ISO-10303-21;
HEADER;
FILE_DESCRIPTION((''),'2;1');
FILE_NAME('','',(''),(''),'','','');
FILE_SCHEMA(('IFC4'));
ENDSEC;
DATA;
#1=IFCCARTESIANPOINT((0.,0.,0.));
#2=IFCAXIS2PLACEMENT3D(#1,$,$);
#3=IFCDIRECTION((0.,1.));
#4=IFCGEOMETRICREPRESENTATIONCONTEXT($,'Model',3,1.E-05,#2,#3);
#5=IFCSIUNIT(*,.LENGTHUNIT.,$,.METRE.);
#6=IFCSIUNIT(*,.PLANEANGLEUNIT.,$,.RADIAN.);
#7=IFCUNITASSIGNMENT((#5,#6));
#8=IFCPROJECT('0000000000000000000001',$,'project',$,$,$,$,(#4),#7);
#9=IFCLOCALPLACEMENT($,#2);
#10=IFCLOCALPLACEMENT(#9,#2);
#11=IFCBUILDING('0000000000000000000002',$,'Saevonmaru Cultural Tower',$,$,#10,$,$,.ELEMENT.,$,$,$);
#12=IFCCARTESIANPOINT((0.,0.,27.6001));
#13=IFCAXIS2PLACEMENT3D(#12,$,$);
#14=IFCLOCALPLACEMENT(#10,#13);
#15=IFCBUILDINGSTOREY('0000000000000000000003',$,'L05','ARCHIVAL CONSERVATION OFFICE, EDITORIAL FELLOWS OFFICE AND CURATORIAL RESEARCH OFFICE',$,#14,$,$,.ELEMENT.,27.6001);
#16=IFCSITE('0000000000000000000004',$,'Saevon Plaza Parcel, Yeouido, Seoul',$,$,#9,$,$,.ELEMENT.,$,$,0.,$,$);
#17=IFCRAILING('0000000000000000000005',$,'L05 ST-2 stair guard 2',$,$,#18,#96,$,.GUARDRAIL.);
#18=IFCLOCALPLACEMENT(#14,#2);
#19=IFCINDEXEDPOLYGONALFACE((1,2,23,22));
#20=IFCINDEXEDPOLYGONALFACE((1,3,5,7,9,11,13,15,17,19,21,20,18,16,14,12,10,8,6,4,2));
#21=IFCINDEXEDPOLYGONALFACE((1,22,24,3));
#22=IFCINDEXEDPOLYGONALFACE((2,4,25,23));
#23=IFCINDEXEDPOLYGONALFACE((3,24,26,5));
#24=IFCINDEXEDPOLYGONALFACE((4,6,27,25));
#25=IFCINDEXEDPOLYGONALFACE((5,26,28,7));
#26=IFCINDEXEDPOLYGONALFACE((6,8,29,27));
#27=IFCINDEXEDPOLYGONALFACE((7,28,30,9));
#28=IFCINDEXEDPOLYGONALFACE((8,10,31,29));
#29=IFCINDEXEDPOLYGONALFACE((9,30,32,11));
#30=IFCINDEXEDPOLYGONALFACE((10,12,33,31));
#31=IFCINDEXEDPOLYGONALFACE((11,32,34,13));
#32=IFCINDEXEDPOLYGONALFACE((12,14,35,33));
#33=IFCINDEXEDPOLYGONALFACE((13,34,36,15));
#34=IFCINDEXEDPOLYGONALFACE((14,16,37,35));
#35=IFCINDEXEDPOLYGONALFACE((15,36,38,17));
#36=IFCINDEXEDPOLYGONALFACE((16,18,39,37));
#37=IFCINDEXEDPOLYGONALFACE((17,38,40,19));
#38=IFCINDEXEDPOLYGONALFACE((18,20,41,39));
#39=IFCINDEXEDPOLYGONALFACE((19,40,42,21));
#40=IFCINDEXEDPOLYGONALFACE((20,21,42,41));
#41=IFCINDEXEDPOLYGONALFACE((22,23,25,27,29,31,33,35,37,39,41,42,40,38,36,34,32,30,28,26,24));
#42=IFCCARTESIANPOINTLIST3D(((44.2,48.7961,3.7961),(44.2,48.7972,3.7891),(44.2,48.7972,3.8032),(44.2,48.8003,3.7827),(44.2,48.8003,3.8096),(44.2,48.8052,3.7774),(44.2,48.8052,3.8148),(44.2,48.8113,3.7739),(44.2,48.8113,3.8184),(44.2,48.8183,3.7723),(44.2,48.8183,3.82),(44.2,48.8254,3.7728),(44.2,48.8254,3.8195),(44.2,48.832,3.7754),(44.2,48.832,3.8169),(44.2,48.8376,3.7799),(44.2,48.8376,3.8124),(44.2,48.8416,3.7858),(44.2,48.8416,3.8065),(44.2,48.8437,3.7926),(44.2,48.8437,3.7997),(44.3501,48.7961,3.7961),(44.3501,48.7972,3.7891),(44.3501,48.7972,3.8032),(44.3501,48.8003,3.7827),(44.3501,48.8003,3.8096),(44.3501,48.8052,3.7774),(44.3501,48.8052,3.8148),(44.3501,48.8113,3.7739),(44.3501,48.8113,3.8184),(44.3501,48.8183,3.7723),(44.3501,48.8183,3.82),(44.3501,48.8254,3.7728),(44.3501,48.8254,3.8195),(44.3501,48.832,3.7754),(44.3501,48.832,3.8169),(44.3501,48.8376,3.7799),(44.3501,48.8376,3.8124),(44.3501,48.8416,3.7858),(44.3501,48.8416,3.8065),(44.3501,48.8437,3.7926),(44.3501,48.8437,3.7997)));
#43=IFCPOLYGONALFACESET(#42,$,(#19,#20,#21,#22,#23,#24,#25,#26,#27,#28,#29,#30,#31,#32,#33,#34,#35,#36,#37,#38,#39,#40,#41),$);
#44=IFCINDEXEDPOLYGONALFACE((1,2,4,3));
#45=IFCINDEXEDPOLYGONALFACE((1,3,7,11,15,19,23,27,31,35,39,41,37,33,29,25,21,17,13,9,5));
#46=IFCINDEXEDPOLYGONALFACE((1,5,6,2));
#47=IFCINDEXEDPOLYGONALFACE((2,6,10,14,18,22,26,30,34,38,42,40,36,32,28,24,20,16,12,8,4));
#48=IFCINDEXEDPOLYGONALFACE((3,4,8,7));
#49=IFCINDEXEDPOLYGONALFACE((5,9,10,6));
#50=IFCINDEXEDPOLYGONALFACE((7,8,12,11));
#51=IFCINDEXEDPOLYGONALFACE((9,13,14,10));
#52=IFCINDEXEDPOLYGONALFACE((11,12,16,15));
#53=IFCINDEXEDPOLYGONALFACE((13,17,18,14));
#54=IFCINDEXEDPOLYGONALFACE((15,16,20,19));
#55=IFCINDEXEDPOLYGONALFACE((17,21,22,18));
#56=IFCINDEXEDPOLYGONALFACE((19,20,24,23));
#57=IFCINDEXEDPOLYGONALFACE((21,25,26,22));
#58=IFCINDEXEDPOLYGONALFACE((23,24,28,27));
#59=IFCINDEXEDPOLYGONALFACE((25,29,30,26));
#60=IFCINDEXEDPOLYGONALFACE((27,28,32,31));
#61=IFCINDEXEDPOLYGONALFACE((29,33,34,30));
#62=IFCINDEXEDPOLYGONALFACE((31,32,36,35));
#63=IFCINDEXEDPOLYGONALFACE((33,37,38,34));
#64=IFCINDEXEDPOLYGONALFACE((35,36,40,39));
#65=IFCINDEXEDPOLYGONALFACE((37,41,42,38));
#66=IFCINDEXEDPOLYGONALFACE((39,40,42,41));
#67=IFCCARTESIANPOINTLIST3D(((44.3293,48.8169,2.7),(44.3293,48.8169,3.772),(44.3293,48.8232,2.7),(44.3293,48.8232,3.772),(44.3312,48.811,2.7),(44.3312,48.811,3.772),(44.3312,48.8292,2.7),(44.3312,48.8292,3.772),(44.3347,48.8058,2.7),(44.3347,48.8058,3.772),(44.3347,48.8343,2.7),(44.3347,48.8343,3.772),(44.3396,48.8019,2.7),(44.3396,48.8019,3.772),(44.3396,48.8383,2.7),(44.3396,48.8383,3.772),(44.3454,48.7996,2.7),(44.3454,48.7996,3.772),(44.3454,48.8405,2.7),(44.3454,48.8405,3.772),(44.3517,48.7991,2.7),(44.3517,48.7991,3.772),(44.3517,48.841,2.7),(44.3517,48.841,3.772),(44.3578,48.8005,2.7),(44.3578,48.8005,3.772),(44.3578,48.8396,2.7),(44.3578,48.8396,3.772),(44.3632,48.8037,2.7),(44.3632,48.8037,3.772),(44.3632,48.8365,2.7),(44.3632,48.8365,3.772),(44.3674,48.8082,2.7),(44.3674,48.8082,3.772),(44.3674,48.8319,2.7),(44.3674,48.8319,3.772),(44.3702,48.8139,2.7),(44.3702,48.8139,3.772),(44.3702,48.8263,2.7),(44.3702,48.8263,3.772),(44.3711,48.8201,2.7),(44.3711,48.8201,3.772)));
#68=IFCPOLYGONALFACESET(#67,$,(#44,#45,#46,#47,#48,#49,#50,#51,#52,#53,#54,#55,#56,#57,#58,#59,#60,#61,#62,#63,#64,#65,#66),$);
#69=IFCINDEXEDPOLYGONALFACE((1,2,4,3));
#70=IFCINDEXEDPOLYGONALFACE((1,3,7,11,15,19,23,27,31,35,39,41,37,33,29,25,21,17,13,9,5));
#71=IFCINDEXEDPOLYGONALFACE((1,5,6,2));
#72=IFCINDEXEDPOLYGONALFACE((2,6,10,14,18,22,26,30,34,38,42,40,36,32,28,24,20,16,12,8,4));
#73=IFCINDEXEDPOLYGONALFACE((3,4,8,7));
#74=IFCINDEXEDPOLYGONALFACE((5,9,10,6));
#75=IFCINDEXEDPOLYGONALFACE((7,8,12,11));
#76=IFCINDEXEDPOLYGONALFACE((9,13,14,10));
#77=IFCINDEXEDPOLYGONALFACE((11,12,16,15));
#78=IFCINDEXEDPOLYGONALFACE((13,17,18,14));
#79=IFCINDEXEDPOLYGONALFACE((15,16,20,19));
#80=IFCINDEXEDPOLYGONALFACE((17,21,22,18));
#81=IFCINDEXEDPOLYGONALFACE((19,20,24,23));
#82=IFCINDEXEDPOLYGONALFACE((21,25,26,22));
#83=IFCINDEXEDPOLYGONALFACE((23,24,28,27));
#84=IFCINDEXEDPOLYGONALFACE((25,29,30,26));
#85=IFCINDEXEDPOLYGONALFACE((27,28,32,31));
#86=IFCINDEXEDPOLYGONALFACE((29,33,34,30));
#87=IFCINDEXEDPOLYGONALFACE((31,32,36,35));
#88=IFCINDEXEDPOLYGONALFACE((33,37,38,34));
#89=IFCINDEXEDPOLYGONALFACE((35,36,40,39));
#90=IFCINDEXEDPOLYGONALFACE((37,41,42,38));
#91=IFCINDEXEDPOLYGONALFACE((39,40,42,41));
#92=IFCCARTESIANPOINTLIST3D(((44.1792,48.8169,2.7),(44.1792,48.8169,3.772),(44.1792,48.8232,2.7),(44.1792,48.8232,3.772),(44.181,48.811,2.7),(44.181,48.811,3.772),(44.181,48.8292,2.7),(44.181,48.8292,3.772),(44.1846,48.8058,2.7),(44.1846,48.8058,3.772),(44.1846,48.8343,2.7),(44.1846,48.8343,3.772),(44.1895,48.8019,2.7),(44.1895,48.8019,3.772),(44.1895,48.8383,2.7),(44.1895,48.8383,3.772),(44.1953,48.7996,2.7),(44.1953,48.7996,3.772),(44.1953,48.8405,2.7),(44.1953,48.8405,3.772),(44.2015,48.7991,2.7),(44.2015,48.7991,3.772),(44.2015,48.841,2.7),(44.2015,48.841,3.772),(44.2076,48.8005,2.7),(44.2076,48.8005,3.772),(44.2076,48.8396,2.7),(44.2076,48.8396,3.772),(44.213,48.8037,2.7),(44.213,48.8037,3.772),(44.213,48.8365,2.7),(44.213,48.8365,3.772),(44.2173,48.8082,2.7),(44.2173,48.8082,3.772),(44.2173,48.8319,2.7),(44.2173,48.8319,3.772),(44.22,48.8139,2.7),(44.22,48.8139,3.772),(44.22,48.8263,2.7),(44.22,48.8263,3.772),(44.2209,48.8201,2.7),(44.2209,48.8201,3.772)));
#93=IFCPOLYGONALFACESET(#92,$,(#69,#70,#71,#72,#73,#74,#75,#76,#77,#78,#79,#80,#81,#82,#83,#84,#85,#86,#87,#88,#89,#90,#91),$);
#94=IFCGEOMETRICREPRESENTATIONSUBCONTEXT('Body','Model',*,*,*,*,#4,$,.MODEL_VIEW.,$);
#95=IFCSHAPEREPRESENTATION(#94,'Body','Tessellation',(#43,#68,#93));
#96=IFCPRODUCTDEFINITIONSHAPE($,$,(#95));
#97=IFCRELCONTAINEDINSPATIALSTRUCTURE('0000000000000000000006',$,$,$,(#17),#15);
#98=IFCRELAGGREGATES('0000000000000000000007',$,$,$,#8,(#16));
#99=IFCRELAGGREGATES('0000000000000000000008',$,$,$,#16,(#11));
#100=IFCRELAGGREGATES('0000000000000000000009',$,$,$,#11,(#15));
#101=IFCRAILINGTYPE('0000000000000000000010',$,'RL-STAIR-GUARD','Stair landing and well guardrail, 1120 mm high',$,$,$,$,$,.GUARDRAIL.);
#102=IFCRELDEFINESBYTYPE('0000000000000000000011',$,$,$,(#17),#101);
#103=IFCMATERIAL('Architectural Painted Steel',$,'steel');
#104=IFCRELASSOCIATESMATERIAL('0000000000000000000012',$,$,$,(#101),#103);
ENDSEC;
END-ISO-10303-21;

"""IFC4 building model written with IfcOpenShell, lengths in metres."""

from ifc_helpers import new_model, si_unit, direction, frame, origin, origin_2d, place, context, subcontext, project, spatial, circle, extrude, material, type_object, element, save


model = new_model("IFC4")

# Units and contexts
model_context = context("Model", 3, precision=1e-05, world=origin(), true_north=direction((0.0, 1.0)))
body_context = subcontext(model_context, "Body", "Model", "MODEL_VIEW")
ifc_project = project(units=[si_unit("LENGTHUNIT", "METRE"), si_unit("PLANEANGLEUNIT", "RADIAN")], contexts=[model_context])

# Site, building, storey
site_placement = place(None, origin())
site = spatial("IfcSite", under=ifc_project, at=site_placement, Name="Saevon Plaza Parcel, Yeouido, Seoul", CompositionType="ELEMENT", RefElevation=0.0)
building_placement = place(site_placement, origin())
building = spatial("IfcBuilding", under=site, at=building_placement, Name="Saevonmaru Cultural Tower", CompositionType="ELEMENT")
storey_placement = place(building_placement, frame((0.0, 0.0, 27.6001)))
storey = spatial("IfcBuildingStorey", under=building, at=storey_placement, Name="L05", Description="ARCHIVAL CONSERVATION OFFICE, EDITORIAL FELLOWS OFFICE AND CURATORIAL RESEARCH OFFICE", CompositionType="ELEMENT", Elevation=27.6001)

# Railing
ifc_material_1 = material(Name="Architectural Painted Steel", Category="steel")
railing_type_1 = type_object("IfcRailingType", Name="RL-STAIR-GUARD", Description="Stair landing and well guardrail, 1120 mm high", PredefinedType="GUARDRAIL", material=ifc_material_1)
railing_1_placement = place(storey_placement, frame((44.3501, 48.8201, 2.7)))
element("IfcRailing", 1, at=railing_1_placement, inside=storey, type_object=railing_type_1, Name="L05 ST-2 stair guard 2", PredefinedType="GUARDRAIL", context=body_context, shape_type="SweptSolid", body=[
    extrude(circle(Radius=0.0239, at=origin_2d()), frame((0.0, 0.0, 1.0962), z_axis=(-1.0, 0.0, 0.0), x_axis=(0.0, -1.0, 0.0)), (0.0, 0.0, 1.0), 0.1501),
    extrude(circle(Radius=0.021, at=origin_2d()), origin(), (0.0, 0.0, 1.0), 1.072),
    extrude(circle(Radius=0.021, at=origin_2d()), frame((-0.1501, 0.0, 0.0)), (0.0, 0.0, 1.0), 1.072),
])

save(model, "model.ifc")
